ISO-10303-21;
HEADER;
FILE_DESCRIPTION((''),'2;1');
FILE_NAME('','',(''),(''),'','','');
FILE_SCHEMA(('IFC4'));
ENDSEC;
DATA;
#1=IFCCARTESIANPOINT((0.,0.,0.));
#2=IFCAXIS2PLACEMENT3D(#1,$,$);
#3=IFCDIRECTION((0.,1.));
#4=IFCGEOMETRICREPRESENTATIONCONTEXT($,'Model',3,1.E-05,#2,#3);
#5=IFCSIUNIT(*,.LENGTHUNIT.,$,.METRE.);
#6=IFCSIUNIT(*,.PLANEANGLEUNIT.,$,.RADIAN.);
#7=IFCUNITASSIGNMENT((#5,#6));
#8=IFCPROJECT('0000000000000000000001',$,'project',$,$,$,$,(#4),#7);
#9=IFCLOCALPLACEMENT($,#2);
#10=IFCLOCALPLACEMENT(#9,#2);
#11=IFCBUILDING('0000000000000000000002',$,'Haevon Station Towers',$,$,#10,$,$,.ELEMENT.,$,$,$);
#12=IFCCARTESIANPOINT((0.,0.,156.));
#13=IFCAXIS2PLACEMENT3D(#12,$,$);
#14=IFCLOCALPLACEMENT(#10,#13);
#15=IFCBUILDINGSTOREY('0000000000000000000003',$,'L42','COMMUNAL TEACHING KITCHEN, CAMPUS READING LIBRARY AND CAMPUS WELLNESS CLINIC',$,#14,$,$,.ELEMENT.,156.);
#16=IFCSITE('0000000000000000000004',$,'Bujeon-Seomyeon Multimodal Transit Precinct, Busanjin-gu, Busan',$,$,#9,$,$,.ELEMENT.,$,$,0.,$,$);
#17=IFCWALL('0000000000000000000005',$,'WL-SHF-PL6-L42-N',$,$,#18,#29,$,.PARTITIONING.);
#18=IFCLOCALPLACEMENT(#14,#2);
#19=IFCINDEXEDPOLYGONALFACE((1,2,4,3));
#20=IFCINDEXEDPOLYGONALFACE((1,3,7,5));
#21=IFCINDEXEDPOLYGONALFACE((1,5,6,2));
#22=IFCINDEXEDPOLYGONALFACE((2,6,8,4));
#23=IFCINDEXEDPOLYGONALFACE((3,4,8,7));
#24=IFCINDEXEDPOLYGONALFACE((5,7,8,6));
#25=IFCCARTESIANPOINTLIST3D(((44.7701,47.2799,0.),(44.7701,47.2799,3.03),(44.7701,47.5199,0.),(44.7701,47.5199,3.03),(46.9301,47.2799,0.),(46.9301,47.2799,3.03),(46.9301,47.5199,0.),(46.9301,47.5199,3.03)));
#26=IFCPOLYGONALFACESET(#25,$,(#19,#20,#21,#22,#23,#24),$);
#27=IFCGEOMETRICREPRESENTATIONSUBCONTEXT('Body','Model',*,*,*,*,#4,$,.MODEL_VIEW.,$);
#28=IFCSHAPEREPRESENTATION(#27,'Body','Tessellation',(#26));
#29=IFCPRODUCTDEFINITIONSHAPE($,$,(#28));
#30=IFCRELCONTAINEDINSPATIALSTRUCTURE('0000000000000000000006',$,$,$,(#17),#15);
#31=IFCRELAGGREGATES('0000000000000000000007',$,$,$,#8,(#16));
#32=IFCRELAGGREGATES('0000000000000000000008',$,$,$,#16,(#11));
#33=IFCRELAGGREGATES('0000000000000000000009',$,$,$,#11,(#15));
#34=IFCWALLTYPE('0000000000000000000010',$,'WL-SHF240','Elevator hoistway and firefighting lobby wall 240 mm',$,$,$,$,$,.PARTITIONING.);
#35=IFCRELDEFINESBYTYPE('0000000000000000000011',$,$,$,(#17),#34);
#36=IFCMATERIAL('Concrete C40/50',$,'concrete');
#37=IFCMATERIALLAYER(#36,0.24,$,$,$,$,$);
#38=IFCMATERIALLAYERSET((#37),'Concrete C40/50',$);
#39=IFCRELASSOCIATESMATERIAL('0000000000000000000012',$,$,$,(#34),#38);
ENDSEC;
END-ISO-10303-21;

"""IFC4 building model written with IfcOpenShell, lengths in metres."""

from ifc_helpers import new_model, si_unit, direction, frame, frame_2d, origin, place, context, subcontext, project, spatial, rectangle, extrude, material, layer, layer_set, type_object, element, save


model = new_model("IFC4")

# Units and contexts
model_context = context("Model", 3, precision=1e-05, world=origin(), true_north=direction((0.0, 1.0)))
body_context = subcontext(model_context, "Body", "Model", "MODEL_VIEW")
ifc_project = project(units=[si_unit("LENGTHUNIT", "METRE"), si_unit("PLANEANGLEUNIT", "RADIAN")], contexts=[model_context])

# Site, building, storey
site_placement = place(None, origin())
site = spatial("IfcSite", under=ifc_project, at=site_placement, Name="Bujeon-Seomyeon Multimodal Transit Precinct, Busanjin-gu, Busan", CompositionType="ELEMENT", RefElevation=0.0)
building_placement = place(site_placement, origin())
building = spatial("IfcBuilding", under=site, at=building_placement, Name="Haevon Station Towers", CompositionType="ELEMENT")
storey_placement = place(building_placement, frame((0.0, 0.0, 156.0)))
storey = spatial("IfcBuildingStorey", under=building, at=storey_placement, Name="L42", Description="COMMUNAL TEACHING KITCHEN, CAMPUS READING LIBRARY AND CAMPUS WELLNESS CLINIC", CompositionType="ELEMENT", Elevation=156.0)

# Shared definitions
ifc_material_1 = material(Name="Concrete C40/50", Category="concrete")
ifc_layer_1 = layer(ifc_material_1, 0.24)
ifc_layer_set_1 = layer_set([ifc_layer_1], Name="Concrete C40/50")
wall_type_1 = type_object("IfcWallType", Name="WL-SHF240", Description="Elevator hoistway and firefighting lobby wall 240 mm", PredefinedType="PARTITIONING", material=ifc_layer_set_1)

# Wall
for number, where, z_axis, x_axis, name in (
    (1, (44.77, 47.3999, 0.0), (0.0, 0.0, 1.0), (1.0, 0.0, 0.0), "WL-SHF-PL6-L42-N"),
):
    element("IfcWall", number, at=place(storey_placement, frame(where, z_axis=z_axis, x_axis=x_axis)), inside=storey, type_object=wall_type_1, Name=name, PredefinedType="PARTITIONING", context=body_context, shape_type="SweptSolid", body=[
        extrude(rectangle(XDim=2.1599, YDim=0.24, at=frame_2d((1.0801, 0.0))), origin(), (0.0, 0.0, 1.0), 3.03),
    ])

save(model, "model.ifc")
